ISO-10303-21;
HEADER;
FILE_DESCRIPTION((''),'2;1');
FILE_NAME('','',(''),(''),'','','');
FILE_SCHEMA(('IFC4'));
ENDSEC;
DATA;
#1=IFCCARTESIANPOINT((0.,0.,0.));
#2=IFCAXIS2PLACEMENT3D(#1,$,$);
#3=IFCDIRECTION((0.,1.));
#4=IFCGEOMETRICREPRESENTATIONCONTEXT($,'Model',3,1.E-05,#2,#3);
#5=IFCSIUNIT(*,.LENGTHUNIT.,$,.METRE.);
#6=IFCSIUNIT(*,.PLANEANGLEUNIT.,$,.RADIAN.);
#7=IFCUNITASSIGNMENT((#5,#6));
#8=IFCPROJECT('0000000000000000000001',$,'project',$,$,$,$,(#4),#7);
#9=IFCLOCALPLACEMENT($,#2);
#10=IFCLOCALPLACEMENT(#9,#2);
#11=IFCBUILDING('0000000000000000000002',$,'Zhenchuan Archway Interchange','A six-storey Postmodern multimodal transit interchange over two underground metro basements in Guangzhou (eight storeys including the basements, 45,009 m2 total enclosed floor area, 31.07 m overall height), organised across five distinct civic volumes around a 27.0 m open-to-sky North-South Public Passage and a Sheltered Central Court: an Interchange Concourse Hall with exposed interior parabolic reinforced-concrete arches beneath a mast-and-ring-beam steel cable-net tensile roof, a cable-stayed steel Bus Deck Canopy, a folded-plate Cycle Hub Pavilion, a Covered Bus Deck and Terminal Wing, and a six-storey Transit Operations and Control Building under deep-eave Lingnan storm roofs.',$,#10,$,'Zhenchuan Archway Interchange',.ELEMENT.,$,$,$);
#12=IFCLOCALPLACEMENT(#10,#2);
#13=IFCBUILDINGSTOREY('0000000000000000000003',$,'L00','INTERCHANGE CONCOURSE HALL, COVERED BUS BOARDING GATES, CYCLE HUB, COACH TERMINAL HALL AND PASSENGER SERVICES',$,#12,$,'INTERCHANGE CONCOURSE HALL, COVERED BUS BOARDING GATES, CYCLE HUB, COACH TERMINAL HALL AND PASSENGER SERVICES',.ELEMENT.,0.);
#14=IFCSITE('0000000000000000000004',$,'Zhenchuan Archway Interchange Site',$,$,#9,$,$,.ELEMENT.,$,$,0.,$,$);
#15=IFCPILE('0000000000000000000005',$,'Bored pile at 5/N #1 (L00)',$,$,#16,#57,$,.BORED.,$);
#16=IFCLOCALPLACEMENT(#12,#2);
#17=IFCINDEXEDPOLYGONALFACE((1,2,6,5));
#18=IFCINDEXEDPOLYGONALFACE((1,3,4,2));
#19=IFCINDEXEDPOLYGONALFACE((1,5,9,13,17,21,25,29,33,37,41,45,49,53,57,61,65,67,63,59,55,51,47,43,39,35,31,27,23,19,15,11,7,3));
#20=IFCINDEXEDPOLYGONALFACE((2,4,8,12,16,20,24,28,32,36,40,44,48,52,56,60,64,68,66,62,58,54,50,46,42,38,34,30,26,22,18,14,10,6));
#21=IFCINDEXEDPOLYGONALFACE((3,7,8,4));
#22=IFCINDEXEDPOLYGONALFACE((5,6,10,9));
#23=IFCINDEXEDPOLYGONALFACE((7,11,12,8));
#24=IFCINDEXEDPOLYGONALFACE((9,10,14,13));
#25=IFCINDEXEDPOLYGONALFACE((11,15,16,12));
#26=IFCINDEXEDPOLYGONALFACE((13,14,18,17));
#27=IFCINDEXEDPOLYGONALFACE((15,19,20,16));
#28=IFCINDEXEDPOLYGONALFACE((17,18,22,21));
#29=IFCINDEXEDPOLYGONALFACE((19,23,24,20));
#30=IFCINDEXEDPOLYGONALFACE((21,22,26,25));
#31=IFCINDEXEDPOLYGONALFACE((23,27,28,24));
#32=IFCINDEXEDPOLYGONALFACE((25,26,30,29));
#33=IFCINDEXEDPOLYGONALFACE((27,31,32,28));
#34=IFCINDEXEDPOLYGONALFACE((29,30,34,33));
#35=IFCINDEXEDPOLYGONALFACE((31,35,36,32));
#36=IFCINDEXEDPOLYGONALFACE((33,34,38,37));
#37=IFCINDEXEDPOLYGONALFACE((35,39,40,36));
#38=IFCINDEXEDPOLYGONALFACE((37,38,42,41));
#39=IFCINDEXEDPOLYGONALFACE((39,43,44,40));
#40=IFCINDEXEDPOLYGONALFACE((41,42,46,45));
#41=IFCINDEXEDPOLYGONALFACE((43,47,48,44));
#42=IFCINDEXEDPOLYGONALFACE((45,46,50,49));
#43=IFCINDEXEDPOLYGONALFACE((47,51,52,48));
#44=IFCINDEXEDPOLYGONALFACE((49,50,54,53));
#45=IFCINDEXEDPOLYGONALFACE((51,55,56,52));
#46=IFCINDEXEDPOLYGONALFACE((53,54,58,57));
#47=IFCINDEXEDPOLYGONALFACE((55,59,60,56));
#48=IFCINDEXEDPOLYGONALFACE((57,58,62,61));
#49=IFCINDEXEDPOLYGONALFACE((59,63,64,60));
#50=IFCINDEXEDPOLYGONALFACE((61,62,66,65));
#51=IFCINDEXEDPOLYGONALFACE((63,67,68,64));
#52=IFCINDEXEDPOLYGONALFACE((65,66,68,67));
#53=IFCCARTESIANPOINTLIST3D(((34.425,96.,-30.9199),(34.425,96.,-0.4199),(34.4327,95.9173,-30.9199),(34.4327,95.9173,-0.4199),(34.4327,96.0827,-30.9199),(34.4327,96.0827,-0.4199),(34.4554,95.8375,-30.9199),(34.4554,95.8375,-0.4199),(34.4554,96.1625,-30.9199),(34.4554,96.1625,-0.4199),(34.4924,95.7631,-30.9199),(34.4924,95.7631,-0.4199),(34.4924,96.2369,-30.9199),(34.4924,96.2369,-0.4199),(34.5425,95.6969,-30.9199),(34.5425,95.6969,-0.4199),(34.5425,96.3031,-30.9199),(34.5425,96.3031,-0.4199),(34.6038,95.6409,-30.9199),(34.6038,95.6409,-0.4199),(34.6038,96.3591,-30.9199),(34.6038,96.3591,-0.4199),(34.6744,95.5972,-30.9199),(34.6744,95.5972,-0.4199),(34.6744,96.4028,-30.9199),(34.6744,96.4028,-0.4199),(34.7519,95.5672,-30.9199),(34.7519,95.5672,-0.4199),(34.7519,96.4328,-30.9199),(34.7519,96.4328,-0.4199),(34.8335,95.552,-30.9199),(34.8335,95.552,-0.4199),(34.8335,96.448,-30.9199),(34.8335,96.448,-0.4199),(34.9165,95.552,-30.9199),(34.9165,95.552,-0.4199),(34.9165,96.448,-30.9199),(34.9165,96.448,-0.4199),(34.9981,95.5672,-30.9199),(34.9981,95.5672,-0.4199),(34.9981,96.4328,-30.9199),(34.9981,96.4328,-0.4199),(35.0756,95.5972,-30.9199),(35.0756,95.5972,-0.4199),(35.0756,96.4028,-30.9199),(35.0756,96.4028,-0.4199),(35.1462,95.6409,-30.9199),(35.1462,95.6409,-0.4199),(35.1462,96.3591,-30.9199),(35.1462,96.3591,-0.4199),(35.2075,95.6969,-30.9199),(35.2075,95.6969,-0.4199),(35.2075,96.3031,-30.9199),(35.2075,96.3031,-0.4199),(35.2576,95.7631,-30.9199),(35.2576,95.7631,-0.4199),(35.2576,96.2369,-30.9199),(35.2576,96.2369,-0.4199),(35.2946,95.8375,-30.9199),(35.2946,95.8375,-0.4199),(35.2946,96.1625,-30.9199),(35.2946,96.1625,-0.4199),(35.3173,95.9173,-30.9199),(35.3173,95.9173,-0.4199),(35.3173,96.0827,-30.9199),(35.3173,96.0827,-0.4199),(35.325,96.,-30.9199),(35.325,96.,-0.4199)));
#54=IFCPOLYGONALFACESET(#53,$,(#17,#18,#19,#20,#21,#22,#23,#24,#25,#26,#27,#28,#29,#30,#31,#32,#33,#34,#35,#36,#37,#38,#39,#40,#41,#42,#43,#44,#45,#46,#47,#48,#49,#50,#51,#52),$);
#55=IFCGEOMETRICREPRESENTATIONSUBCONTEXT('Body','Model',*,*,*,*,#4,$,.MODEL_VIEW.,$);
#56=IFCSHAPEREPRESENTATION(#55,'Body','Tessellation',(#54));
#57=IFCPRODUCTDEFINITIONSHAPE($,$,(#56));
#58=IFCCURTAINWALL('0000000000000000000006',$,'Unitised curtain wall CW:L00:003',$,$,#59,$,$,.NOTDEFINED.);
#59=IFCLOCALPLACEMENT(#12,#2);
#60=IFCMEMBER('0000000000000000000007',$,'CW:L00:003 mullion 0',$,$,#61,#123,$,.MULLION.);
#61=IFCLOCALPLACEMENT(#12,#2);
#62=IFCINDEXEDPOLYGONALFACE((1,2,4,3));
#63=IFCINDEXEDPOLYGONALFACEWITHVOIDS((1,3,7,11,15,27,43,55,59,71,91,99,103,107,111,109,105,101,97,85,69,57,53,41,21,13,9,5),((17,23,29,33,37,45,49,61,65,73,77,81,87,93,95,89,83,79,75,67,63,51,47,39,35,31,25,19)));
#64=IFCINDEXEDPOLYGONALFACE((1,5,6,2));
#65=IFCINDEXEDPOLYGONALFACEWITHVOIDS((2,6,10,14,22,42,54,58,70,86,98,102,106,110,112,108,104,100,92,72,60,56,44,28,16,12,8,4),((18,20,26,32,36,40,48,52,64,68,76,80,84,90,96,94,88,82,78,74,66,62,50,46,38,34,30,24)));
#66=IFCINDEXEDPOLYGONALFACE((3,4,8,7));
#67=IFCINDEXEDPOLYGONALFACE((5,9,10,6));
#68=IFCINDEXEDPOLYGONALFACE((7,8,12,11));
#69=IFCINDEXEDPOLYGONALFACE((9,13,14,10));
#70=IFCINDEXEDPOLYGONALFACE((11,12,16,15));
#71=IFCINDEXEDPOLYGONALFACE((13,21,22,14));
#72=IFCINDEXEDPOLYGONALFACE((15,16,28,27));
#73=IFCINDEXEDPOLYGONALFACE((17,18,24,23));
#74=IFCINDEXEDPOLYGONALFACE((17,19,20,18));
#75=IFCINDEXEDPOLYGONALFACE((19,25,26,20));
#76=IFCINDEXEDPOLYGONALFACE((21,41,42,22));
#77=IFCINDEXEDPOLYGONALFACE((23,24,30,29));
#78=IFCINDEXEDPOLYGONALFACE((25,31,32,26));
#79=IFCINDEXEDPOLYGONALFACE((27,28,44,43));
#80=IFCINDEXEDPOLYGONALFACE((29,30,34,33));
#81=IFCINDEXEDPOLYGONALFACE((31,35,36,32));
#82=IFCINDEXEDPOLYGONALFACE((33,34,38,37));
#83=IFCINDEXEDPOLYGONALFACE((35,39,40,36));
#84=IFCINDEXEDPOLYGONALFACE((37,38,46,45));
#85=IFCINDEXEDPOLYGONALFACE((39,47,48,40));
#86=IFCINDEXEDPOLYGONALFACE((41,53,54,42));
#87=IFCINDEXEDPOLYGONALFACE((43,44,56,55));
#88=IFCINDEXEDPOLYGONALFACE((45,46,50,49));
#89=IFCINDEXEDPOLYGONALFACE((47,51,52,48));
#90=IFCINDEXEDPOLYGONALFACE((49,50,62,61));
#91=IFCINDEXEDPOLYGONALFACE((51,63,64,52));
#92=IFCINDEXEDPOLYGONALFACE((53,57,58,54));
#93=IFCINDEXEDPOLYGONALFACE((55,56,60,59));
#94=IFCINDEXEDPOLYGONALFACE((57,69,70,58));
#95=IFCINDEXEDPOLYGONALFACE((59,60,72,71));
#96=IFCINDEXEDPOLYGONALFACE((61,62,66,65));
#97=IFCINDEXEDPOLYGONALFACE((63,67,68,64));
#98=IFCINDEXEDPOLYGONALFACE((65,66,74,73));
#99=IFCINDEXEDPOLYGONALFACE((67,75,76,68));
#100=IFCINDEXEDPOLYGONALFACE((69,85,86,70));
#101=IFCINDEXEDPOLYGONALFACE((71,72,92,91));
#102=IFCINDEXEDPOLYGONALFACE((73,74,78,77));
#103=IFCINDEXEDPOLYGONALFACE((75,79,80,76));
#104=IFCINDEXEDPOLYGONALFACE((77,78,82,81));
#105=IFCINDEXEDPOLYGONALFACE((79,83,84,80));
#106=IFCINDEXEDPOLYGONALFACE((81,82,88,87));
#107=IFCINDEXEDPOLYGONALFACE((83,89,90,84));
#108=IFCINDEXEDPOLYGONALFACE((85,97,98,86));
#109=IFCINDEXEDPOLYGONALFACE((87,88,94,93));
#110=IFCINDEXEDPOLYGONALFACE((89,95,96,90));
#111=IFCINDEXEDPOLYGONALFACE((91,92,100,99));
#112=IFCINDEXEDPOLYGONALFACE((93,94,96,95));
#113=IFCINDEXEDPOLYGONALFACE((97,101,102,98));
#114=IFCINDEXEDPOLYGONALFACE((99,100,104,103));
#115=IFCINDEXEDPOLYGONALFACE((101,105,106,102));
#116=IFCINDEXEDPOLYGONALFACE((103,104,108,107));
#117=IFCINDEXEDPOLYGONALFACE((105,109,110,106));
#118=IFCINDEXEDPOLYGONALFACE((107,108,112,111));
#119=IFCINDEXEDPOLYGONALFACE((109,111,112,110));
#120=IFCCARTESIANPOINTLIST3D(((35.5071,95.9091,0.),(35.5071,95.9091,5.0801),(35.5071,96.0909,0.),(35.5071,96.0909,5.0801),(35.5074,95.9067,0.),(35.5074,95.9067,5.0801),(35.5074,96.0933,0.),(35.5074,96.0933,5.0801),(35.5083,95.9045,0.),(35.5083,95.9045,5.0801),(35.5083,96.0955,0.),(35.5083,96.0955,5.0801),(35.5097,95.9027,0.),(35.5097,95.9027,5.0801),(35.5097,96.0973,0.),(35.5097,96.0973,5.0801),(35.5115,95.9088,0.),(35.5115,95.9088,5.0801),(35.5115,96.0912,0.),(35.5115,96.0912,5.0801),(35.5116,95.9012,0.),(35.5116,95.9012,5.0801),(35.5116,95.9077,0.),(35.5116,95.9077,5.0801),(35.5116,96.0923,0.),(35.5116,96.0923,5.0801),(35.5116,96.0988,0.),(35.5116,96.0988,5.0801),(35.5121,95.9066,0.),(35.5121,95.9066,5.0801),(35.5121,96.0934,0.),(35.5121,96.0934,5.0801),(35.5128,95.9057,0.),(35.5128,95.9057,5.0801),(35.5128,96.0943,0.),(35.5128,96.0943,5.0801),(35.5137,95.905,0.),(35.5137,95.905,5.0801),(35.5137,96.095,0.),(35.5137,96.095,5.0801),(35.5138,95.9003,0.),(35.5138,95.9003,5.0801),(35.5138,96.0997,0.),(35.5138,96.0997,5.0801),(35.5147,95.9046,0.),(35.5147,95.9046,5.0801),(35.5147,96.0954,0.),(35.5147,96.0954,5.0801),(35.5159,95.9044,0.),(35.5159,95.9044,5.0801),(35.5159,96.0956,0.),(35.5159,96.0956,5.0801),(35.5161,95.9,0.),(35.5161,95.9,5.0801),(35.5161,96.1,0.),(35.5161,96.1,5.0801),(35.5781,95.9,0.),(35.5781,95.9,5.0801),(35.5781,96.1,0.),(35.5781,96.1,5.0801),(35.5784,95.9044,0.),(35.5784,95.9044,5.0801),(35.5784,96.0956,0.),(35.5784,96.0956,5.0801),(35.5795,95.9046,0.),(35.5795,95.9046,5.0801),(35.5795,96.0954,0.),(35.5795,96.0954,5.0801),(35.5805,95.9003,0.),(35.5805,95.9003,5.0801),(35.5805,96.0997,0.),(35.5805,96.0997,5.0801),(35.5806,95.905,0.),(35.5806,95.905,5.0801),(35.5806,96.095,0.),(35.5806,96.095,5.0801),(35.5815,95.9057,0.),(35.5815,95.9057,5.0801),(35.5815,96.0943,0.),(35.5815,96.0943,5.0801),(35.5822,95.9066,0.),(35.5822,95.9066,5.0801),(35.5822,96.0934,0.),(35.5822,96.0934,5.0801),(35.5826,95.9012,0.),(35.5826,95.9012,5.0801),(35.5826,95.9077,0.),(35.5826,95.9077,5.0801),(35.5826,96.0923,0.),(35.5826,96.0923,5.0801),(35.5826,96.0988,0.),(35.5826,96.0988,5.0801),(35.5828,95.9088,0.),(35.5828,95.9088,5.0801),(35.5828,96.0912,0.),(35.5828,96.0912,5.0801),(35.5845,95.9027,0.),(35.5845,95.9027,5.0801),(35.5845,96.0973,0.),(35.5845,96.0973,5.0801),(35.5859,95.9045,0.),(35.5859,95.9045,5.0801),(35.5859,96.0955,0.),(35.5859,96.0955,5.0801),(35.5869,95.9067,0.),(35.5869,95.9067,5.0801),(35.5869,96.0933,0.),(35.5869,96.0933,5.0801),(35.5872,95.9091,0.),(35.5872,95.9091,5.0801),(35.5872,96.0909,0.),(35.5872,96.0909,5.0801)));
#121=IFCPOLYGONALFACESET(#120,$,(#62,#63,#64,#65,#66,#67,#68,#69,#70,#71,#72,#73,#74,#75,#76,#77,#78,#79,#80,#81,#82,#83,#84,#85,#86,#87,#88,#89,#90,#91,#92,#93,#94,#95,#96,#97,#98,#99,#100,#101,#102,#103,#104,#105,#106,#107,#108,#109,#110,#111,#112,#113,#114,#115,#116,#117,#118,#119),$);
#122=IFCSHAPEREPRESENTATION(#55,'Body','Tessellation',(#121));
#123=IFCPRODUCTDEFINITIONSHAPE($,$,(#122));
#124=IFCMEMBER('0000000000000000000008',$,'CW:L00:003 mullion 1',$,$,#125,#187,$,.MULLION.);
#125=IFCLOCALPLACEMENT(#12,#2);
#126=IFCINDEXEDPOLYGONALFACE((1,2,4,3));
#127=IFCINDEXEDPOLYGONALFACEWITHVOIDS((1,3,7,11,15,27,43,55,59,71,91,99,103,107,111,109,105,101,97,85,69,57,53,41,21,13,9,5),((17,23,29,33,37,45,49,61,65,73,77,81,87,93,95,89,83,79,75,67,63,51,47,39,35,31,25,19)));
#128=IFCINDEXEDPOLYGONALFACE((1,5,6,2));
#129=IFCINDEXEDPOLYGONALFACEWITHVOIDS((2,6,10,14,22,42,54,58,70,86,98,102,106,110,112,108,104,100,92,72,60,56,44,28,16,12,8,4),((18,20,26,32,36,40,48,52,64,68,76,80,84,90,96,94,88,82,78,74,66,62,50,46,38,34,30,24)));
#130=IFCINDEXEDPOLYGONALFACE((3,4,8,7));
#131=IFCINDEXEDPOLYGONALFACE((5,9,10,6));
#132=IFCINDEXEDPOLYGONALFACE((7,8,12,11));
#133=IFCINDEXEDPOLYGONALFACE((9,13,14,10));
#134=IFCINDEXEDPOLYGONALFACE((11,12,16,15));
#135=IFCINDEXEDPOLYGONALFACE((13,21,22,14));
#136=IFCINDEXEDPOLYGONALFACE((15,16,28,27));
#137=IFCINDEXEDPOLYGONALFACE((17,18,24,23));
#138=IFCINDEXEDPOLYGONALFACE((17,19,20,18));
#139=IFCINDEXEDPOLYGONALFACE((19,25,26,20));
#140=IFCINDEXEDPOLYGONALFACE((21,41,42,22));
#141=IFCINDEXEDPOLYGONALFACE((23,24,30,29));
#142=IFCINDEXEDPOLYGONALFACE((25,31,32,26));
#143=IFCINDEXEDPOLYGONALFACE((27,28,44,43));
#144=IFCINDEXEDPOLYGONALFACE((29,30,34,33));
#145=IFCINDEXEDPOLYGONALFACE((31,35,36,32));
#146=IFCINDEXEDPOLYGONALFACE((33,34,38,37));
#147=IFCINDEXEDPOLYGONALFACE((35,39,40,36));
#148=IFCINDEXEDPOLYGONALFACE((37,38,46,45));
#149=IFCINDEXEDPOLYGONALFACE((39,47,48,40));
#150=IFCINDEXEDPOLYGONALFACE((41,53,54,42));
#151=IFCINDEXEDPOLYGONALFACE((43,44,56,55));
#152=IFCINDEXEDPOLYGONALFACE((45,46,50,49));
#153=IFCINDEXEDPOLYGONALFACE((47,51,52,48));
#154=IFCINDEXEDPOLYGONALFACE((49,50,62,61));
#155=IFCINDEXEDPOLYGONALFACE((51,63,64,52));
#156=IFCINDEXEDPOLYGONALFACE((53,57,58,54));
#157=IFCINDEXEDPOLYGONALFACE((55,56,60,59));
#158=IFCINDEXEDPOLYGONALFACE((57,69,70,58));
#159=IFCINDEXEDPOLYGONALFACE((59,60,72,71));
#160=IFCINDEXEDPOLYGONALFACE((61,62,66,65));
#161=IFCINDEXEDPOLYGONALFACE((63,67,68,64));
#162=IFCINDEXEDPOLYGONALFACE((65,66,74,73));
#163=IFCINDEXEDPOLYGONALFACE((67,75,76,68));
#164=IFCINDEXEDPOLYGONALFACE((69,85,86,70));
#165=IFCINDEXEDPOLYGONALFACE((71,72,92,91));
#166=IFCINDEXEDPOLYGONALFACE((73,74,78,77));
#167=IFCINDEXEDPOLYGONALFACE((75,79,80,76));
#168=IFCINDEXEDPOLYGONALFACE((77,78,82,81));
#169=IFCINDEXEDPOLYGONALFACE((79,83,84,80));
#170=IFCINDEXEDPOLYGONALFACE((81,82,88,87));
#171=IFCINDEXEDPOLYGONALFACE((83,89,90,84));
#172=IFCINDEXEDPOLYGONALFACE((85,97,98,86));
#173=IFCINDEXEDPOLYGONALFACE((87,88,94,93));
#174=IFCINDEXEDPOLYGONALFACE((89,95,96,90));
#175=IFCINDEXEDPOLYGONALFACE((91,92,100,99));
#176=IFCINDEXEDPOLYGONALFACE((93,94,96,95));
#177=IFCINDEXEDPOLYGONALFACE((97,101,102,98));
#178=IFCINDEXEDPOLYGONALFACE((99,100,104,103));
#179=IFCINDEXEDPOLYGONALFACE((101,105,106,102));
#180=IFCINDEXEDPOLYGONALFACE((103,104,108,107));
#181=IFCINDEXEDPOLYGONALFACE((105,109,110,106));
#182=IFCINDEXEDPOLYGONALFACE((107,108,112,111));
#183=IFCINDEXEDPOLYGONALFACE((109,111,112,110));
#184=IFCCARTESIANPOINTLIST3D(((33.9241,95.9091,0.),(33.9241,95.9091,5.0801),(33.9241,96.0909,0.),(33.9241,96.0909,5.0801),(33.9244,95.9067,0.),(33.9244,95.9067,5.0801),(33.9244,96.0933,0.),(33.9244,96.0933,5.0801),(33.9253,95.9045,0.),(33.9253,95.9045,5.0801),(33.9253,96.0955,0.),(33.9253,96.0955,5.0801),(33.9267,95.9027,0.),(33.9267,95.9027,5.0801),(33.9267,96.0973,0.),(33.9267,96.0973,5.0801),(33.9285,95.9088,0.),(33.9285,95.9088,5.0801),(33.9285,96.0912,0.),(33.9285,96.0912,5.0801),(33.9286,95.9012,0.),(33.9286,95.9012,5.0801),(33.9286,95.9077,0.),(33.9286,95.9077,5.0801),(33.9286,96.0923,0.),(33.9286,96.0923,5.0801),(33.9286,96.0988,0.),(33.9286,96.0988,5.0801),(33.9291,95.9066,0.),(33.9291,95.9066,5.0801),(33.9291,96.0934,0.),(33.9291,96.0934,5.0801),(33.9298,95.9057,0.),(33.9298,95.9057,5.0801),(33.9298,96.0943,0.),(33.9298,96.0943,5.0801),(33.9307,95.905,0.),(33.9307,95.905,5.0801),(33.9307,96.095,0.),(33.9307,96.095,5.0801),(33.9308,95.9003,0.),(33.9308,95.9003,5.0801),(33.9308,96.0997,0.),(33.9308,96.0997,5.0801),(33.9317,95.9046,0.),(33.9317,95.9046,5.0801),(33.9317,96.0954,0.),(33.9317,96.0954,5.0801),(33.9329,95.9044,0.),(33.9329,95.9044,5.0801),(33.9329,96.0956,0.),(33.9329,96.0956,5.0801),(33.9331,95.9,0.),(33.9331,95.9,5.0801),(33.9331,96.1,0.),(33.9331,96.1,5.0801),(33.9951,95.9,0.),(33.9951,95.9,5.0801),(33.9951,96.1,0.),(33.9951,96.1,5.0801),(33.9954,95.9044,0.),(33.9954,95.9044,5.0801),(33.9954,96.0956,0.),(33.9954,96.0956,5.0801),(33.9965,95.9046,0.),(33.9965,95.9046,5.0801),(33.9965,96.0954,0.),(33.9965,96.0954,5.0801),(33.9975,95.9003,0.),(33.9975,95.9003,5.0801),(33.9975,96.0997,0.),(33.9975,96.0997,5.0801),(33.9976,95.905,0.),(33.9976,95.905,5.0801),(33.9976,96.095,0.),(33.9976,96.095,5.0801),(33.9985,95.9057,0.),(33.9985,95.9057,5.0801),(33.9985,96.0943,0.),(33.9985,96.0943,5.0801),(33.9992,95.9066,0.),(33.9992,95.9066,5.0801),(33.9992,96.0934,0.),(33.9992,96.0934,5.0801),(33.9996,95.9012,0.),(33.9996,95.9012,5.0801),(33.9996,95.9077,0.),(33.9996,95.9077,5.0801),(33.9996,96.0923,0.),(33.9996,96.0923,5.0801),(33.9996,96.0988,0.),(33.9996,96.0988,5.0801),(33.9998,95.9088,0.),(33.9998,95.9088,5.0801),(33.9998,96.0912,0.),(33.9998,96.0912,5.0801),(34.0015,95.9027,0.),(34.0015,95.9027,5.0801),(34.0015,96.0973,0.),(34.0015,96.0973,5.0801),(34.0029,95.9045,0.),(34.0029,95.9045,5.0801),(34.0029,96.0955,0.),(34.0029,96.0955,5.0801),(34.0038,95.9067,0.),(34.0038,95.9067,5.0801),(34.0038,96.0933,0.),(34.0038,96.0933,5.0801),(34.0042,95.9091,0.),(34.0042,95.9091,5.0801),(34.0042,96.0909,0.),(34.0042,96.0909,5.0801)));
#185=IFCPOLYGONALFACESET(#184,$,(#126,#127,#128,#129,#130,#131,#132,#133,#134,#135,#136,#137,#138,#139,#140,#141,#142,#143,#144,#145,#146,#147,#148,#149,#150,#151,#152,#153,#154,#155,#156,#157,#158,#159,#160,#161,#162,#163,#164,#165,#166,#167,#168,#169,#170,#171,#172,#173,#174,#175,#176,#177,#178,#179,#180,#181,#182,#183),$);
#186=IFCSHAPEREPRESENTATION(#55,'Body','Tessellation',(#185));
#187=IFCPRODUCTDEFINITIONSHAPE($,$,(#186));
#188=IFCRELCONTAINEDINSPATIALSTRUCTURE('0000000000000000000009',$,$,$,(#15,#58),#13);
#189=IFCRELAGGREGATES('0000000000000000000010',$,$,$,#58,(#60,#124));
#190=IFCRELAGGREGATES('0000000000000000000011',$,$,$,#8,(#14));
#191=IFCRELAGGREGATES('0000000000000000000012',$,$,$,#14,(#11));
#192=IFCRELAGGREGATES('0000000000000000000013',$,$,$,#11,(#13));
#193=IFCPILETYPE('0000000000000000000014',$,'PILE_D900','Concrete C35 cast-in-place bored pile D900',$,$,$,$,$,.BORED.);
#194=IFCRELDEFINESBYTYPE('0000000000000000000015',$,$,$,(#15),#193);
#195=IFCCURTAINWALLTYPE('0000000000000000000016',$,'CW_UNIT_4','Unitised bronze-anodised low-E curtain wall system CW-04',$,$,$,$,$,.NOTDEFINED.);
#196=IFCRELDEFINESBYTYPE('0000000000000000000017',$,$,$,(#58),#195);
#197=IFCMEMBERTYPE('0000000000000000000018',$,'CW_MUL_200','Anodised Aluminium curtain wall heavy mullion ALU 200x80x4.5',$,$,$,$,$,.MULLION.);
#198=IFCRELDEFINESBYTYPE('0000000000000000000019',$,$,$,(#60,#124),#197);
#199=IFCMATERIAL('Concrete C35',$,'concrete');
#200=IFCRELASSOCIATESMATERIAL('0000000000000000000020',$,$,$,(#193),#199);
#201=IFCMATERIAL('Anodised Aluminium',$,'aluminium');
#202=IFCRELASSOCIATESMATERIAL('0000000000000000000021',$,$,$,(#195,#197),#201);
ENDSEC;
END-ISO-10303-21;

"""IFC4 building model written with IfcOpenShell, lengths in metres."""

from ifc_helpers import new_model, si_unit, direction, frame, origin, origin_2d, place, context, subcontext, project, spatial, hollow_rectangle, circle, extrude, material, material_profile, profile_set, type_object, element, aggregate, save


model = new_model("IFC4")

# Units and contexts
model_context = context("Model", 3, precision=1e-05, world=origin(), true_north=direction((0.0, 1.0)))
body_context = subcontext(model_context, "Body", "Model", "MODEL_VIEW")
ifc_project = project(units=[si_unit("LENGTHUNIT", "METRE"), si_unit("PLANEANGLEUNIT", "RADIAN")], contexts=[model_context])

# Site, building, storey
site_placement = place(None, origin())
site = spatial("IfcSite", under=ifc_project, at=site_placement, Name="Zhenchuan Archway Interchange Site", CompositionType="ELEMENT", RefElevation=0.0)
building_placement = place(site_placement, origin())
building = spatial("IfcBuilding", under=site, at=building_placement, Name="Zhenchuan Archway Interchange", Description="A six-storey Postmodern multimodal transit interchange over two underground metro basements in Guangzhou (eight storeys including the basements, 45,009 m2 total enclosed floor area, 31.07 m overall height), organised across five distinct civic volumes around a 27.0 m open-to-sky North-South Public Passage and a Sheltered Central Court: an Interchange Concourse Hall with exposed interior parabolic reinforced-concrete arches beneath a mast-and-ring-beam steel cable-net tensile roof, a cable-stayed steel Bus Deck Canopy, a folded-plate Cycle Hub Pavilion, a Covered Bus Deck and Terminal Wing, and a six-storey Transit Operations and Control Building under deep-eave Lingnan storm roofs.", LongName="Zhenchuan Archway Interchange", CompositionType="ELEMENT")
storey_placement = place(building_placement, origin())
storey = spatial("IfcBuildingStorey", under=building, at=storey_placement, Name="L00", Description="INTERCHANGE CONCOURSE HALL, COVERED BUS BOARDING GATES, CYCLE HUB, COACH TERMINAL HALL AND PASSENGER SERVICES", LongName="INTERCHANGE CONCOURSE HALL, COVERED BUS BOARDING GATES, CYCLE HUB, COACH TERMINAL HALL AND PASSENGER SERVICES", CompositionType="ELEMENT", Elevation=0.0)

# Pile
ifc_material_1 = material(Name="Concrete C35", Category="concrete")
ifc_material_profile_1 = material_profile(ifc_material_1, circle(Radius=0.45, at=origin_2d()), Name="BORED PILE 900")
ifc_profile_set_1 = profile_set([ifc_material_profile_1], Name="Concrete C35")
pile_type = type_object("IfcPileType", Name="PILE_D900", Description="Concrete C35 cast-in-place bored pile D900", PredefinedType="BORED", material=ifc_profile_set_1)
pile_placement = place(storey_placement, frame((34.875, 96.0, -0.4199), z_axis=(0.0, 0.0, -1.0), x_axis=(1.0, 0.0, 0.0)))
element("IfcPile", 1, at=pile_placement, inside=storey, type_object=pile_type, Name="Bored pile at 5/N #1 (L00)", PredefinedType="BORED", context=body_context, shape_type="SweptSolid", body=[
    extrude(circle(Radius=0.45, at=origin_2d()), origin(), (0.0, 0.0, 1.0), 30.5),
])

# Curtain wall, members
ifc_material_2 = material(Name="Anodised Aluminium", Category="aluminium")
curtain_wall_type = type_object("IfcCurtainWallType", Name="CW_UNIT_4", Description="Unitised bronze-anodised low-E curtain wall system CW-04", PredefinedType="NOTDEFINED", material=ifc_material_2)
curtain_wall_placement = place(storey_placement, origin())
curtain_wall = element("IfcCurtainWall", 2, at=curtain_wall_placement, inside=storey, type_object=curtain_wall_type, Name="Unitised curtain wall CW:L00:003", PredefinedType="NOTDEFINED")
ifc_material_profile_2 = material_profile(ifc_material_2, hollow_rectangle(XDim=0.0801, YDim=0.2, WallThickness=0.0044, InnerFilletRadius=0.0044, OuterFilletRadius=0.009, at=origin_2d()), Name="ALU 200x80x4.5")
ifc_profile_set_2 = profile_set([ifc_material_profile_2], Name="Anodised Aluminium")
member_type_1 = type_object("IfcMemberType", Name="CW_MUL_200", Description="Anodised Aluminium curtain wall heavy mullion ALU 200x80x4.5", PredefinedType="MULLION", material=ifc_profile_set_2)
member_1_placement = place(storey_placement, frame((35.5471, 96.0, 0.0), z_axis=(0.0, 0.0, 1.0), x_axis=(1.0, 0.0, 0.0)))
member_1 = element("IfcMember", 3, at=member_1_placement, type_object=member_type_1, Name="CW:L00:003 mullion 0", PredefinedType="MULLION", context=body_context, shape_type="SweptSolid", body=[
    extrude(hollow_rectangle(XDim=0.0801, YDim=0.2, WallThickness=0.0044, InnerFilletRadius=0.0044, OuterFilletRadius=0.009, at=origin_2d()), origin(), (0.0, 0.0, 1.0), 5.0801),
])
member_2_placement = place(storey_placement, frame((33.9641, 96.0, 0.0), z_axis=(0.0, 0.0, 1.0), x_axis=(1.0, 0.0, 0.0)))
member_2 = element("IfcMember", 4, at=member_2_placement, type_object=member_type_1, Name="CW:L00:003 mullion 1", PredefinedType="MULLION", context=body_context, shape_type="SweptSolid", body=[
    extrude(hollow_rectangle(XDim=0.0801, YDim=0.2, WallThickness=0.0044, InnerFilletRadius=0.0044, OuterFilletRadius=0.009, at=origin_2d()), origin(), (0.0, 0.0, 1.0), 5.0801),
])

aggregate(curtain_wall, [member_1, member_2])

save(model, "model.ifc")
